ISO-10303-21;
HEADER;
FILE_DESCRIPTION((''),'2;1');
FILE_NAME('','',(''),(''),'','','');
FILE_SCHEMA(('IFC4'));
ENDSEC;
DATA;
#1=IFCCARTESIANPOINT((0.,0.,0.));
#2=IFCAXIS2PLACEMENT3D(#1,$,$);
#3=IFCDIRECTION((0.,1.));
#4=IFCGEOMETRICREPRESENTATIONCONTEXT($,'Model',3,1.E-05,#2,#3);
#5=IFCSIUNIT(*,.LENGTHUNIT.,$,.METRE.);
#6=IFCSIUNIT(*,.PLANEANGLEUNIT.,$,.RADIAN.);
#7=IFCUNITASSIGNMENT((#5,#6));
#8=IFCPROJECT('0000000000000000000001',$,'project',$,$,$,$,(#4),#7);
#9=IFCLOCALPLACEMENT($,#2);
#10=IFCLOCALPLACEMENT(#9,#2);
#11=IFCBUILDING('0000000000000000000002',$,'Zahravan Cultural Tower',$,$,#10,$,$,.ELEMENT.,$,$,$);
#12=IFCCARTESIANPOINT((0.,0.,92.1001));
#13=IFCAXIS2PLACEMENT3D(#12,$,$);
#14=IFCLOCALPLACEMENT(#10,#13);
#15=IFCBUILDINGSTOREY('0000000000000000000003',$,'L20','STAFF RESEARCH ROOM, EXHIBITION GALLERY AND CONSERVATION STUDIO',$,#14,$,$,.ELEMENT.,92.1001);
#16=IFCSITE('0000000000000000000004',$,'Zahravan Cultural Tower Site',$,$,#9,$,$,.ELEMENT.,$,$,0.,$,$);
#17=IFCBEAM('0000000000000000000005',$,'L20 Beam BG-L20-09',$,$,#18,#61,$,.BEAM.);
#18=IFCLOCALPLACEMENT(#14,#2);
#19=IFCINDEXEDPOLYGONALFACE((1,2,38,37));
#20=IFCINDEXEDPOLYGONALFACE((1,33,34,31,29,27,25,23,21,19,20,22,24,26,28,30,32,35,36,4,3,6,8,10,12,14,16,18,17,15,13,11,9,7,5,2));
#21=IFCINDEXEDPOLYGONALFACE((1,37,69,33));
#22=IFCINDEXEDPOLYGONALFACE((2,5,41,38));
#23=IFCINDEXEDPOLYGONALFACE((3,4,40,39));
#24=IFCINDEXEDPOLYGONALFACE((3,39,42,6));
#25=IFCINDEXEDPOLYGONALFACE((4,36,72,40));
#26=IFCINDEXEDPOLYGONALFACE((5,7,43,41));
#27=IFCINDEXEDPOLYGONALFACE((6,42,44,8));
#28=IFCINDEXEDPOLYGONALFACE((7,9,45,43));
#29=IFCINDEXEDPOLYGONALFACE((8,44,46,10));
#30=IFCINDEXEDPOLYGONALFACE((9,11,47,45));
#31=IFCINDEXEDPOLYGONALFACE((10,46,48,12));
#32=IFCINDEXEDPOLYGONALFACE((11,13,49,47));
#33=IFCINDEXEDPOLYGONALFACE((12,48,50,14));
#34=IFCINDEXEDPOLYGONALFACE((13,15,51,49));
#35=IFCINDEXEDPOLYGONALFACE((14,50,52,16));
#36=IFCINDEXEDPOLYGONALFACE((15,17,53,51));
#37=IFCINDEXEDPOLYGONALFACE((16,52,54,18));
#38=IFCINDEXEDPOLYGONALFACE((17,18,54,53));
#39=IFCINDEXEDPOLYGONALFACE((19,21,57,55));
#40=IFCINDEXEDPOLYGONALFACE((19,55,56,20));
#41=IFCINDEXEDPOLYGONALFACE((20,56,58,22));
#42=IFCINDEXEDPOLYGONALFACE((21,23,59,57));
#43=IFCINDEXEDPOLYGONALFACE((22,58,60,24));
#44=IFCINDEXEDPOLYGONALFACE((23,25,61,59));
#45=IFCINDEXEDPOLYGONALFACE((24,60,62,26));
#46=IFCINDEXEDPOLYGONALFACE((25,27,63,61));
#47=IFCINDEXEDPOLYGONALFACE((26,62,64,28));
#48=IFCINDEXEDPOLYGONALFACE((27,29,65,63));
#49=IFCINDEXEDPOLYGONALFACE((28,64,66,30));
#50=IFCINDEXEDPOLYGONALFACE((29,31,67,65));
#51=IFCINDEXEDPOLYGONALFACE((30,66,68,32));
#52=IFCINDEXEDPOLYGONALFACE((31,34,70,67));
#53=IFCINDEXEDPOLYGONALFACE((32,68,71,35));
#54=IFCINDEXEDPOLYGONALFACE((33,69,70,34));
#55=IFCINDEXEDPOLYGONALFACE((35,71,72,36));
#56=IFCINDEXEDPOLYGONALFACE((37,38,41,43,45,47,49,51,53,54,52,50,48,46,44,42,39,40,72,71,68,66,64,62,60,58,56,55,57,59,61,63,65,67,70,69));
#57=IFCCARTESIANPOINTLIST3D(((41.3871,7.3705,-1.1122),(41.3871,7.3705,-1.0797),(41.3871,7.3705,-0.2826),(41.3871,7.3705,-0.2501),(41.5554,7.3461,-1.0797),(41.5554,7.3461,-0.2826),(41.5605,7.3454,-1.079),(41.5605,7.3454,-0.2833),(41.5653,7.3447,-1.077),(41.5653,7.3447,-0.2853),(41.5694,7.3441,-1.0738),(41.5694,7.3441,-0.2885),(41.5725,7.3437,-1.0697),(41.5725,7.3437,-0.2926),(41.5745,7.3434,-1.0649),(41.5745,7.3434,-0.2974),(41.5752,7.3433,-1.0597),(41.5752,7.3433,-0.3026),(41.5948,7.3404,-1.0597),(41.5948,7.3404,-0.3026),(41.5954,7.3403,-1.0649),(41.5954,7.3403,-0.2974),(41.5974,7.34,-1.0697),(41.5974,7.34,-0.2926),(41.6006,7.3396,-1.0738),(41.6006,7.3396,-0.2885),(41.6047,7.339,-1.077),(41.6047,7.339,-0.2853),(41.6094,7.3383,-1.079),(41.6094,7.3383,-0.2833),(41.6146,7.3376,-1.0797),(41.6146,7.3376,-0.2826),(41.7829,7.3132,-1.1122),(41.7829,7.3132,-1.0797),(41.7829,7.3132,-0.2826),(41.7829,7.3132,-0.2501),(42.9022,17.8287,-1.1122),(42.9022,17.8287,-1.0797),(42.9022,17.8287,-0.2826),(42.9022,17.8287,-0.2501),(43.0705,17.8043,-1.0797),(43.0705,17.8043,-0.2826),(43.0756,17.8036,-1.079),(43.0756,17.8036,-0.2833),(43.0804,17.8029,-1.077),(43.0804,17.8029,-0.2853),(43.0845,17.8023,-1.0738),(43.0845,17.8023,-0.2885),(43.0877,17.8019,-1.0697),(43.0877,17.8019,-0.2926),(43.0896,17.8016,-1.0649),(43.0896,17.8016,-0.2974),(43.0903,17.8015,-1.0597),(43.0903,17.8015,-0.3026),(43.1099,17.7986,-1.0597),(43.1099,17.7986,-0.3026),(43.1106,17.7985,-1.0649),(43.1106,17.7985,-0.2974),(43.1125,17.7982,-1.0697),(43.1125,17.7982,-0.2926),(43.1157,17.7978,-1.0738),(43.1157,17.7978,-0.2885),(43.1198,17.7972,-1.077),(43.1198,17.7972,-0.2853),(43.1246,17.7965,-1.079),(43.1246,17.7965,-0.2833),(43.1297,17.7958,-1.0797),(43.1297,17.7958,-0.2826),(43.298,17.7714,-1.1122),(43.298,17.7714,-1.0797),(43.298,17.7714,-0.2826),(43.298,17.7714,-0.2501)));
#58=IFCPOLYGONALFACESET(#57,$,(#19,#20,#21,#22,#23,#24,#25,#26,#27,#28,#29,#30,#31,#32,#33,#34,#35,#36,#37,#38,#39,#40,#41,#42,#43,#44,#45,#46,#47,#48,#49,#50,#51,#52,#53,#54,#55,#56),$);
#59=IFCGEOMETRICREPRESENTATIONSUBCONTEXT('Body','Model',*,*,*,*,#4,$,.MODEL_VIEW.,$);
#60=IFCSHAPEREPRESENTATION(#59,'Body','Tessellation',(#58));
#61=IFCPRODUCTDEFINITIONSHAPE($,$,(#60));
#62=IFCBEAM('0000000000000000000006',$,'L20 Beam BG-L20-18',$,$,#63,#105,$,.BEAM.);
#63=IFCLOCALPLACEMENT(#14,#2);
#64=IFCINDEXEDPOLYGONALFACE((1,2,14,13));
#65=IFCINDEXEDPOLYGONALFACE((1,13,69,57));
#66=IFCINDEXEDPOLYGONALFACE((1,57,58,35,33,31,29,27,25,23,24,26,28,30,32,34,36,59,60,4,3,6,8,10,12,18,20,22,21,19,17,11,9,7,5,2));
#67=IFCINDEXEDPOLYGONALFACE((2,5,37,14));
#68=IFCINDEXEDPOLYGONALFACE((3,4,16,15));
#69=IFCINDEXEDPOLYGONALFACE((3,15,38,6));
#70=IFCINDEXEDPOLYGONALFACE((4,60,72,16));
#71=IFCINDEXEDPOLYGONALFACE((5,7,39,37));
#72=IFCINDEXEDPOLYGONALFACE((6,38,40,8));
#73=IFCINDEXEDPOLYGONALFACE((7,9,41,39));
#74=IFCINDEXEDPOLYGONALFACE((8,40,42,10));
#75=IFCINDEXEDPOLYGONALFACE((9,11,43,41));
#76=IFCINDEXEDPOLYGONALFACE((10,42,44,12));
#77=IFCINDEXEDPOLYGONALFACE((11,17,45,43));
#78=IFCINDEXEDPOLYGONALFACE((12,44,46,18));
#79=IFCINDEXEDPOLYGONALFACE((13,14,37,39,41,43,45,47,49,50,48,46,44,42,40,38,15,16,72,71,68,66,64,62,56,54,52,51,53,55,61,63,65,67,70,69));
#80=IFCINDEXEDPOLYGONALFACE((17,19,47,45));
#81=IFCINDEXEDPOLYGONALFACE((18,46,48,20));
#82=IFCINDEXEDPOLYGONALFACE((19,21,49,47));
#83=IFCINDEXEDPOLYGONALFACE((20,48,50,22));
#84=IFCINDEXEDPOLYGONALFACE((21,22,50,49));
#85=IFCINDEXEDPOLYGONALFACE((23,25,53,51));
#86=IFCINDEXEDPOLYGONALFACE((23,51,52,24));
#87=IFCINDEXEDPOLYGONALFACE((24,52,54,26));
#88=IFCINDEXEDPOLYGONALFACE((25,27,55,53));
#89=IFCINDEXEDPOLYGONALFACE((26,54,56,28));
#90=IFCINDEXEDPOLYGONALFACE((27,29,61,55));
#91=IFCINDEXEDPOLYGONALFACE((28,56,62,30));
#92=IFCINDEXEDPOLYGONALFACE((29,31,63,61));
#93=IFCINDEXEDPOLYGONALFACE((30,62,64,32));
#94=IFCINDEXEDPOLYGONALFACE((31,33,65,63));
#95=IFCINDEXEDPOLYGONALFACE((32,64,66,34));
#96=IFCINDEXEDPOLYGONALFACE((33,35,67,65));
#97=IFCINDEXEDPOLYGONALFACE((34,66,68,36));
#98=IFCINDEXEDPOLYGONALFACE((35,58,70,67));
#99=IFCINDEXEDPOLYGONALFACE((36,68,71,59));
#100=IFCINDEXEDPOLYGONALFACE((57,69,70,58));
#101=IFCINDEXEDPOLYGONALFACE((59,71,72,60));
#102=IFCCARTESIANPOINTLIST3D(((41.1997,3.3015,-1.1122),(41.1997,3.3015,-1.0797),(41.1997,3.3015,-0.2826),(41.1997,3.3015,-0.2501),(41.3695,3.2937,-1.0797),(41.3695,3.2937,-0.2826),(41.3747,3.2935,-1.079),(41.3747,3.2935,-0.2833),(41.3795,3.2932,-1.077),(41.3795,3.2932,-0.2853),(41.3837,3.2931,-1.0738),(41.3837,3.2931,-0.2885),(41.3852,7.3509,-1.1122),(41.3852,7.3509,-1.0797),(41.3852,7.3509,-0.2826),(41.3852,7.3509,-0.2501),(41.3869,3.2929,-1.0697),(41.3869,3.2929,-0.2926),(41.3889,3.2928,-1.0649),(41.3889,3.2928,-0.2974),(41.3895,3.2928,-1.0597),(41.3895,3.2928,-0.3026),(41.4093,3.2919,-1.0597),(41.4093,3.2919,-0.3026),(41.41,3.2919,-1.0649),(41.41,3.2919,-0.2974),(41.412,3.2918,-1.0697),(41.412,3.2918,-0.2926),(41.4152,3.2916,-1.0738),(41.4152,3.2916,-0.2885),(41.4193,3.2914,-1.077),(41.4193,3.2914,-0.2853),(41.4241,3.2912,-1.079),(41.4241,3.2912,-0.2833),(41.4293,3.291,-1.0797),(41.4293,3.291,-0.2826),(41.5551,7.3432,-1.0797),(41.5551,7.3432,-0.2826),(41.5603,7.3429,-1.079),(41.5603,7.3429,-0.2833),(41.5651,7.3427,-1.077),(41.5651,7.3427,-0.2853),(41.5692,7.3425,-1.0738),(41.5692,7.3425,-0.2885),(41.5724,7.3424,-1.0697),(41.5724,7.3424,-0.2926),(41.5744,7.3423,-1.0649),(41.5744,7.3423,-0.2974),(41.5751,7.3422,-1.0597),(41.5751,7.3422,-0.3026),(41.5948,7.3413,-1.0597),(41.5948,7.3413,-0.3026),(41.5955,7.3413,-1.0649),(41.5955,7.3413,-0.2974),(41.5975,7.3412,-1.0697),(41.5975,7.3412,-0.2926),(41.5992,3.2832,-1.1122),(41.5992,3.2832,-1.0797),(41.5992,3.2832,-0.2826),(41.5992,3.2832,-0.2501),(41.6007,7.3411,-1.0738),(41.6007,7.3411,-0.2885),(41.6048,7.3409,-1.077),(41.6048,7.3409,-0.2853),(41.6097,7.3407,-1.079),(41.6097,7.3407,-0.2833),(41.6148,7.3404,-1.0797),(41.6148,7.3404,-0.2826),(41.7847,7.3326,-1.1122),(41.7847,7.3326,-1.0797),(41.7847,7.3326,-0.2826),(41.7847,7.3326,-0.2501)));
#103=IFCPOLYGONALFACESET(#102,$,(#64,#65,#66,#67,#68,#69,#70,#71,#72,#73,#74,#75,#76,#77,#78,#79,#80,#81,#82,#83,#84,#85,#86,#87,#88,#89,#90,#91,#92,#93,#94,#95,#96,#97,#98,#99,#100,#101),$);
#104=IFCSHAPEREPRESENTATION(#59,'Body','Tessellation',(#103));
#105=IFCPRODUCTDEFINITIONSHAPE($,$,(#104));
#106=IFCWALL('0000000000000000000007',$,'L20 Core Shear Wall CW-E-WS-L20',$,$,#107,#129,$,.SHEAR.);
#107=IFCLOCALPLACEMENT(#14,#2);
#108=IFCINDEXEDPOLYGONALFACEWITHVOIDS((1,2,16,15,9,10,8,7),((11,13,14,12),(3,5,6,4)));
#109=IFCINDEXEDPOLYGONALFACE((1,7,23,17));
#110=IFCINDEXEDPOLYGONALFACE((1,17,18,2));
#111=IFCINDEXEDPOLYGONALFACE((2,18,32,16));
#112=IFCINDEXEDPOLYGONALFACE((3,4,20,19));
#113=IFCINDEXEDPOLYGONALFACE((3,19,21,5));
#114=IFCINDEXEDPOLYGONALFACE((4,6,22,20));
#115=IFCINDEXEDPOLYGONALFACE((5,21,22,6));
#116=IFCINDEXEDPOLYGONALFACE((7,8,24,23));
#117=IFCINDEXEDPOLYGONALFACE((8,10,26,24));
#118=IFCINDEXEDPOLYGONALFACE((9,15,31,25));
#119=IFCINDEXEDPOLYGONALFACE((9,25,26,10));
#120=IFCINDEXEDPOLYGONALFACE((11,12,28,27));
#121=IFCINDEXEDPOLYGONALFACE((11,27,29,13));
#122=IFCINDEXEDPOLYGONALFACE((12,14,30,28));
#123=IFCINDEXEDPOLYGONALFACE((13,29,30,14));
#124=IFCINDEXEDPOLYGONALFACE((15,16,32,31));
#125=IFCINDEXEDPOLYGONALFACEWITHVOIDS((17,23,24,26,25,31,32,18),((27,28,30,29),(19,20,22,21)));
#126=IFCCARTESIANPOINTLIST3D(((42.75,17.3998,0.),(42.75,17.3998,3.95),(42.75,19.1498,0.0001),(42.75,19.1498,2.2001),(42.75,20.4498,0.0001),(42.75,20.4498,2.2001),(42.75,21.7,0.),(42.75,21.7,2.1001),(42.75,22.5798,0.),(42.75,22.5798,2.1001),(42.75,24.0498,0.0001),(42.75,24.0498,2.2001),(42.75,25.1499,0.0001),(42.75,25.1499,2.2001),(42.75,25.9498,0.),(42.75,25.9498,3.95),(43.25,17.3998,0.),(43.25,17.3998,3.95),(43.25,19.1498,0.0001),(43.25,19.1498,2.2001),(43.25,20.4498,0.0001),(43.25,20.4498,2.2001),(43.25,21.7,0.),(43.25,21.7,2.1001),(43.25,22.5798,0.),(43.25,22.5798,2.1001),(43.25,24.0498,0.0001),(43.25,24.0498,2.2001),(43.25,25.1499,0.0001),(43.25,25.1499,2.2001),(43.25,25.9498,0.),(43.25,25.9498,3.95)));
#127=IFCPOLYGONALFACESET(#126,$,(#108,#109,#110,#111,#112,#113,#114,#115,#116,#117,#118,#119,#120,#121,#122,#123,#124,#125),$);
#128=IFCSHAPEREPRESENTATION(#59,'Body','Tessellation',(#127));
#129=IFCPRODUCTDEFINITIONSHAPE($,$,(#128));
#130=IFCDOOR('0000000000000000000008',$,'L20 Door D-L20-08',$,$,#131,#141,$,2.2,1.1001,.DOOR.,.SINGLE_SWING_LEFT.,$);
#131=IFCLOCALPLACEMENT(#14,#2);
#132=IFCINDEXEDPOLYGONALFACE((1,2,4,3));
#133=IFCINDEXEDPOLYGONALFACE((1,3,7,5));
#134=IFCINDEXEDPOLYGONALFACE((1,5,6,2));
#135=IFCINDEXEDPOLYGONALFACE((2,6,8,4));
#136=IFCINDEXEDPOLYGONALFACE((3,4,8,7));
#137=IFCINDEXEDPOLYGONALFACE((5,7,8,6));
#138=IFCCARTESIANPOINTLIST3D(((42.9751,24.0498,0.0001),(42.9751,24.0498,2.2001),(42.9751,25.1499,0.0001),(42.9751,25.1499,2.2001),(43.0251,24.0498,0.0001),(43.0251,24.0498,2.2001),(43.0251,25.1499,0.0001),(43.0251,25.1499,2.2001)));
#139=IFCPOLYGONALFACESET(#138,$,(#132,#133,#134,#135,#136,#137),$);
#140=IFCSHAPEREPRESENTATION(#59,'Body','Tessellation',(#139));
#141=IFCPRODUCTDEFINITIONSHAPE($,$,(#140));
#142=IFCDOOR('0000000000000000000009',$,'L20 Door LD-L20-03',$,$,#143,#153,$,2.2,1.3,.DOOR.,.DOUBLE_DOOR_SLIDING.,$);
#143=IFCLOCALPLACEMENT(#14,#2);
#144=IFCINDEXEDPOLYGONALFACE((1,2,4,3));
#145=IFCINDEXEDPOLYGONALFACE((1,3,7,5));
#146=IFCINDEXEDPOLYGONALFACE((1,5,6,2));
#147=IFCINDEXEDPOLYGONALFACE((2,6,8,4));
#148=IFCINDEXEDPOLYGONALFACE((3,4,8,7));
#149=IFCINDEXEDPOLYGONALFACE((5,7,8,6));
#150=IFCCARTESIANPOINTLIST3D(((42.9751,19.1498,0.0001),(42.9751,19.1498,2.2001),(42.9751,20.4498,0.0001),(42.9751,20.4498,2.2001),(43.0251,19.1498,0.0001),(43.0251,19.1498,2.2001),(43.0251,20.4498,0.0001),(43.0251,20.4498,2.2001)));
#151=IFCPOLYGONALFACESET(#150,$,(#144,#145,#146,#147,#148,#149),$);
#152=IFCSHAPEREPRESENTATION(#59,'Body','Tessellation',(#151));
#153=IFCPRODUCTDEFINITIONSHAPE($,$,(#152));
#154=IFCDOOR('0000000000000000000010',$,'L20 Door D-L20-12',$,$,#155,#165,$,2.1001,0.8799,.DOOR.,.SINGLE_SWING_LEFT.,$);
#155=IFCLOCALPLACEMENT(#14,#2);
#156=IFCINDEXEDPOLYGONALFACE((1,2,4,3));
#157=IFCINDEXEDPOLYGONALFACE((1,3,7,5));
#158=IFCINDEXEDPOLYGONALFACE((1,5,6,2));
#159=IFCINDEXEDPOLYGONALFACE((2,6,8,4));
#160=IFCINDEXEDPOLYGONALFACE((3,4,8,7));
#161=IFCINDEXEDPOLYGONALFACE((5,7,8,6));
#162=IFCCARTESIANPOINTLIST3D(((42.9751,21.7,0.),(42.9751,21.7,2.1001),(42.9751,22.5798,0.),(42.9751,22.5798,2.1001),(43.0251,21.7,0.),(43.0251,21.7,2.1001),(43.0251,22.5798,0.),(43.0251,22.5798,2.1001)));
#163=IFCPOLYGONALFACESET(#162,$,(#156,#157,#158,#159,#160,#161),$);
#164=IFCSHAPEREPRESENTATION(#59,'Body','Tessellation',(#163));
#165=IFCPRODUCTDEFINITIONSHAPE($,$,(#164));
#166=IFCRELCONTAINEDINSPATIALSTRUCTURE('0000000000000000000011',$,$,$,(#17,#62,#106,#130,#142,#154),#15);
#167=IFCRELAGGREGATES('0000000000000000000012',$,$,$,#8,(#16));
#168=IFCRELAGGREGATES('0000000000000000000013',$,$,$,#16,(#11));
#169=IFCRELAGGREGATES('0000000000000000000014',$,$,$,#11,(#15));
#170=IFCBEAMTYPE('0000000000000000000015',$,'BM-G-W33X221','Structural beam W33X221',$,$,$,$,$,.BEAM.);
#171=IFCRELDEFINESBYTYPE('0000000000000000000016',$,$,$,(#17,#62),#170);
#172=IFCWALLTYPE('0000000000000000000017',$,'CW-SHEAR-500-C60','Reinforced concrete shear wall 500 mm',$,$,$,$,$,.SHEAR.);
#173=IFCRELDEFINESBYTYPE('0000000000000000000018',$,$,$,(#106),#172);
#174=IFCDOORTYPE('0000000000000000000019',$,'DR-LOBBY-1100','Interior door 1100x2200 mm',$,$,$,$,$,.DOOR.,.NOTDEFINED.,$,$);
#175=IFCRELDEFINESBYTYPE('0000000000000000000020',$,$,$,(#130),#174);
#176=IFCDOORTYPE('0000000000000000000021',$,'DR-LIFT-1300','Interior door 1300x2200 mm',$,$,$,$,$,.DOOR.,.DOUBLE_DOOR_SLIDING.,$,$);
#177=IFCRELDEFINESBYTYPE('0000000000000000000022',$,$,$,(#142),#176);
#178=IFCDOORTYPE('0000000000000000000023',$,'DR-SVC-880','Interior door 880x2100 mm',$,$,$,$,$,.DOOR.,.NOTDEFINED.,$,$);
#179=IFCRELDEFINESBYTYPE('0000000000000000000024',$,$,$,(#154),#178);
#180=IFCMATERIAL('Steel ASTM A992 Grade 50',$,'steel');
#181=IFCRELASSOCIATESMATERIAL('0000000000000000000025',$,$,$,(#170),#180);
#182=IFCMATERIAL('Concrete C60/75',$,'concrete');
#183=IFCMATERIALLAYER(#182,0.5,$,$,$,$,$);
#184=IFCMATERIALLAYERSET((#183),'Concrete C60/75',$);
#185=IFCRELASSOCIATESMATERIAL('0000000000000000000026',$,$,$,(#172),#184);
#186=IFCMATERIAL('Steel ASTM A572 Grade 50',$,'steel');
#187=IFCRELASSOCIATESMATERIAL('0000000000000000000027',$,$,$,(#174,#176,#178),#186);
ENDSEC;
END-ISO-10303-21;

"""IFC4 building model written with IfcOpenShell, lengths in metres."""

from ifc_helpers import new_model, si_unit, direction, frame, frame_2d, origin, origin_2d, place, context, subcontext, project, spatial, rectangle, i_section, extrude, source, transform, mapped, material, layer, layer_set, material_profile, profile_set, type_object, element, fill, save


model = new_model("IFC4")

# Units and contexts
model_context = context("Model", 3, precision=1e-05, world=origin(), true_north=direction((0.0, 1.0)))
body_context = subcontext(model_context, "Body", "Model", "MODEL_VIEW")
ifc_project = project(units=[si_unit("LENGTHUNIT", "METRE"), si_unit("PLANEANGLEUNIT", "RADIAN")], contexts=[model_context])

# Site, building, storey
site_placement = place(None, origin())
site = spatial("IfcSite", under=ifc_project, at=site_placement, Name="Zahravan Cultural Tower Site", CompositionType="ELEMENT", RefElevation=0.0)
building_placement = place(site_placement, origin())
building = spatial("IfcBuilding", under=site, at=building_placement, Name="Zahravan Cultural Tower", CompositionType="ELEMENT")
storey_placement = place(building_placement, frame((0.0, 0.0, 92.1001)))
storey = spatial("IfcBuildingStorey", under=building, at=storey_placement, Name="L20", Description="STAFF RESEARCH ROOM, EXHIBITION GALLERY AND CONSERVATION STUDIO", CompositionType="ELEMENT", Elevation=92.1001)

# Shared definitions
ifc_material_1 = material(Name="Concrete C60/75", Category="concrete")
ifc_material_2 = material(Name="Steel ASTM A992 Grade 50", Category="steel")

# Beams
ifc_material_profile_1 = material_profile(ifc_material_2, i_section(OverallWidth=0.3999, OverallDepth=0.8621, WebThickness=0.0198, FlangeThickness=0.0325, FilletRadius=0.02, at=origin_2d()), Name="W33X221")
ifc_profile_set_1 = profile_set([ifc_material_profile_1], Name="Steel ASTM A992 Grade 50")
beam_type_1 = type_object("IfcBeamType", Name="BM-G-W33X221", Description="Structural beam W33X221", PredefinedType="BEAM", material=ifc_profile_set_1)
shared_shape_1 = source(origin(), body_context, "Body", "SweptSolid", [
    extrude(i_section(OverallWidth=0.3999, OverallDepth=0.8621, WebThickness=0.0198, FlangeThickness=0.0325, FilletRadius=0.02, at=origin_2d()), origin(), (0.0, 0.0, 1.0), 10.5674),
])
beam_1_placement = place(storey_placement, frame((43.1001, 17.8, -0.6812), z_axis=(-0.143378, -0.989668, 0.0), x_axis=(0.989668, -0.143378, 0.0)))
element("IfcBeam", 1, at=beam_1_placement, inside=storey, type_object=beam_type_1, Name="L20 Beam BG-L20-09", PredefinedType="BEAM", context=body_context, shape_type="MappedRepresentation", body=[
    mapped(shared_shape_1, transform((0.0, 0.0, 0.0), x_axis=(1.0, 0.0, 0.0), y_axis=(0.0, 1.0, 0.0), z_axis=(0.0, 0.0, 1.0), scale=1.0)),
])
shared_shape_2 = source(origin(), body_context, "Body", "SweptSolid", [
    extrude(i_section(OverallWidth=0.3999, OverallDepth=0.8621, WebThickness=0.0198, FlangeThickness=0.0325, FilletRadius=0.02, at=origin_2d()), origin(), (0.0, 0.0, 1.0), 4.0537),
])
beam_2_placement = place(storey_placement, frame((41.585, 7.3418, -0.6812), z_axis=(-0.045771, -0.998952, 0.0), x_axis=(0.998952, -0.045771, 0.0)))
element("IfcBeam", 2, at=beam_2_placement, inside=storey, type_object=beam_type_1, Name="L20 Beam BG-L20-18", PredefinedType="BEAM", context=body_context, shape_type="MappedRepresentation", body=[
    mapped(shared_shape_2, transform((0.0, 0.0, 0.0), x_axis=(1.0, 0.0, 0.0), y_axis=(0.0, 1.0, 0.0), z_axis=(0.0, 0.0, 1.0), scale=1.0)),
])

# Wall, openings, doors
ifc_layer_1 = layer(ifc_material_1, 0.5)
ifc_layer_set_1 = layer_set([ifc_layer_1], Name="Concrete C60/75")
wall_type_1 = type_object("IfcWallType", Name="CW-SHEAR-500-C60", Description="Reinforced concrete shear wall 500 mm", PredefinedType="SHEAR", material=ifc_layer_set_1)
wall_1_placement = place(storey_placement, frame((43.0, 17.3999, 0.0), z_axis=(0.0, 0.0, 1.0), x_axis=(0.0, 1.0, 0.0)))
wall_1 = element("IfcWall", 3, at=wall_1_placement, inside=storey, type_object=wall_type_1, Name="L20 Core Shear Wall CW-E-WS-L20", PredefinedType="SHEAR", context=body_context, shape_type="SweptSolid", body=[
    extrude(rectangle(XDim=8.55, YDim=0.5, at=frame_2d((4.2749, 0.0))), origin(), (0.0, 0.0, 1.0), 3.95),
])
opening_1_placement = place(wall_1_placement, frame((6.6499, 0.0, 0.0)))
opening_1 = element("IfcOpeningElement", 4, at=opening_1_placement, cuts=wall_1, PredefinedType="OPENING", context=body_context, shape_type="SweptSolid", body=[
    extrude(rectangle(XDim=1.1001, YDim=2.2, at=frame_2d((0.55, 1.1001))), frame((0.0, 0.26, 0.0), z_axis=(0.0, -1.0, 0.0), x_axis=(1.0, 0.0, 0.0)), (0.0, 0.0, 1.0), 0.52),
])
opening_2_placement = place(wall_1_placement, frame((1.75, 0.0, 0.0)))
opening_2 = element("IfcOpeningElement", 5, at=opening_2_placement, cuts=wall_1, PredefinedType="OPENING", context=body_context, shape_type="SweptSolid", body=[
    extrude(rectangle(XDim=1.3, YDim=2.2, at=frame_2d((0.6499, 1.1001))), frame((0.0, 0.26, 0.0), z_axis=(0.0, -1.0, 0.0), x_axis=(1.0, 0.0, 0.0)), (0.0, 0.0, 1.0), 0.52),
])
opening_3_placement = place(wall_1_placement, frame((4.3, 0.0, 0.0)))
opening_3 = element("IfcOpeningElement", 6, at=opening_3_placement, cuts=wall_1, PredefinedType="OPENING", context=body_context, shape_type="SweptSolid", body=[
    extrude(rectangle(XDim=0.8799, YDim=2.1001, at=frame_2d((0.4399, 1.05))), frame((0.0, 0.26, 0.0), z_axis=(0.0, -1.0, 0.0), x_axis=(1.0, 0.0, 0.0)), (0.0, 0.0, 1.0), 0.52),
])
ifc_material_3 = material(Name="Steel ASTM A572 Grade 50", Category="steel")
door_type_1 = type_object("IfcDoorType", Name="DR-LOBBY-1100", Description="Interior door 1100x2200 mm", OperationType="NOTDEFINED", PredefinedType="DOOR", material=ifc_material_3)
shared_shape_3 = source(origin(), body_context, "Body", "SweptSolid", [
    extrude(rectangle(XDim=1.1001, YDim=2.2, at=frame_2d((0.55, 1.1001))), frame((0.0, 0.0249, 0.0), z_axis=(0.0, -1.0, 0.0), x_axis=(1.0, 0.0, 0.0)), (0.0, 0.0, 1.0), 0.05),
])
door_1_placement = place(opening_1_placement, origin())
door_1 = element("IfcDoor", 7, at=door_1_placement, inside=storey, type_object=door_type_1, Name="L20 Door D-L20-08", OperationType="SINGLE_SWING_LEFT", OverallHeight=2.2, OverallWidth=1.1001, PredefinedType="DOOR", context=body_context, shape_type="MappedRepresentation", body=[
    mapped(shared_shape_3, transform((0.0, 0.0, 0.0), x_axis=(1.0, 0.0, 0.0), y_axis=(0.0, 1.0, 0.0), z_axis=(0.0, 0.0, 1.0), scale=1.0)),
])
fill(opening_1, door_1)
door_type_2 = type_object("IfcDoorType", Name="DR-LIFT-1300", Description="Interior door 1300x2200 mm", OperationType="DOUBLE_DOOR_SLIDING", PredefinedType="DOOR", material=ifc_material_3)
shared_shape_4 = source(origin(), body_context, "Body", "SweptSolid", [
    extrude(rectangle(XDim=1.3, YDim=2.2, at=frame_2d((0.6499, 1.1001))), frame((0.0, 0.0249, 0.0), z_axis=(0.0, -1.0, 0.0), x_axis=(1.0, 0.0, 0.0)), (0.0, 0.0, 1.0), 0.05),
])
door_2_placement = place(opening_2_placement, origin())
door_2 = element("IfcDoor", 8, at=door_2_placement, inside=storey, type_object=door_type_2, Name="L20 Door LD-L20-03", OperationType="DOUBLE_DOOR_SLIDING", OverallHeight=2.2, OverallWidth=1.3, PredefinedType="DOOR", context=body_context, shape_type="MappedRepresentation", body=[
    mapped(shared_shape_4, transform((0.0, 0.0, 0.0), x_axis=(1.0, 0.0, 0.0), y_axis=(0.0, 1.0, 0.0), z_axis=(0.0, 0.0, 1.0), scale=1.0)),
])
fill(opening_2, door_2)
door_type_3 = type_object("IfcDoorType", Name="DR-SVC-880", Description="Interior door 880x2100 mm", OperationType="NOTDEFINED", PredefinedType="DOOR", material=ifc_material_3)
shared_shape_5 = source(origin(), body_context, "Body", "SweptSolid", [
    extrude(rectangle(XDim=0.8799, YDim=2.1001, at=frame_2d((0.4399, 1.05))), frame((0.0, 0.0249, 0.0), z_axis=(0.0, -1.0, 0.0), x_axis=(1.0, 0.0, 0.0)), (0.0, 0.0, 1.0), 0.05),
])
door_3_placement = place(opening_3_placement, origin())
door_3 = element("IfcDoor", 9, at=door_3_placement, inside=storey, type_object=door_type_3, Name="L20 Door D-L20-12", OperationType="SINGLE_SWING_LEFT", OverallHeight=2.1001, OverallWidth=0.8799, PredefinedType="DOOR", context=body_context, shape_type="MappedRepresentation", body=[
    mapped(shared_shape_5, transform((0.0, 0.0, 0.0), x_axis=(1.0, 0.0, 0.0), y_axis=(0.0, 1.0, 0.0), z_axis=(0.0, 0.0, 1.0), scale=1.0)),
])
fill(opening_3, door_3)

save(model, "model.ifc")
